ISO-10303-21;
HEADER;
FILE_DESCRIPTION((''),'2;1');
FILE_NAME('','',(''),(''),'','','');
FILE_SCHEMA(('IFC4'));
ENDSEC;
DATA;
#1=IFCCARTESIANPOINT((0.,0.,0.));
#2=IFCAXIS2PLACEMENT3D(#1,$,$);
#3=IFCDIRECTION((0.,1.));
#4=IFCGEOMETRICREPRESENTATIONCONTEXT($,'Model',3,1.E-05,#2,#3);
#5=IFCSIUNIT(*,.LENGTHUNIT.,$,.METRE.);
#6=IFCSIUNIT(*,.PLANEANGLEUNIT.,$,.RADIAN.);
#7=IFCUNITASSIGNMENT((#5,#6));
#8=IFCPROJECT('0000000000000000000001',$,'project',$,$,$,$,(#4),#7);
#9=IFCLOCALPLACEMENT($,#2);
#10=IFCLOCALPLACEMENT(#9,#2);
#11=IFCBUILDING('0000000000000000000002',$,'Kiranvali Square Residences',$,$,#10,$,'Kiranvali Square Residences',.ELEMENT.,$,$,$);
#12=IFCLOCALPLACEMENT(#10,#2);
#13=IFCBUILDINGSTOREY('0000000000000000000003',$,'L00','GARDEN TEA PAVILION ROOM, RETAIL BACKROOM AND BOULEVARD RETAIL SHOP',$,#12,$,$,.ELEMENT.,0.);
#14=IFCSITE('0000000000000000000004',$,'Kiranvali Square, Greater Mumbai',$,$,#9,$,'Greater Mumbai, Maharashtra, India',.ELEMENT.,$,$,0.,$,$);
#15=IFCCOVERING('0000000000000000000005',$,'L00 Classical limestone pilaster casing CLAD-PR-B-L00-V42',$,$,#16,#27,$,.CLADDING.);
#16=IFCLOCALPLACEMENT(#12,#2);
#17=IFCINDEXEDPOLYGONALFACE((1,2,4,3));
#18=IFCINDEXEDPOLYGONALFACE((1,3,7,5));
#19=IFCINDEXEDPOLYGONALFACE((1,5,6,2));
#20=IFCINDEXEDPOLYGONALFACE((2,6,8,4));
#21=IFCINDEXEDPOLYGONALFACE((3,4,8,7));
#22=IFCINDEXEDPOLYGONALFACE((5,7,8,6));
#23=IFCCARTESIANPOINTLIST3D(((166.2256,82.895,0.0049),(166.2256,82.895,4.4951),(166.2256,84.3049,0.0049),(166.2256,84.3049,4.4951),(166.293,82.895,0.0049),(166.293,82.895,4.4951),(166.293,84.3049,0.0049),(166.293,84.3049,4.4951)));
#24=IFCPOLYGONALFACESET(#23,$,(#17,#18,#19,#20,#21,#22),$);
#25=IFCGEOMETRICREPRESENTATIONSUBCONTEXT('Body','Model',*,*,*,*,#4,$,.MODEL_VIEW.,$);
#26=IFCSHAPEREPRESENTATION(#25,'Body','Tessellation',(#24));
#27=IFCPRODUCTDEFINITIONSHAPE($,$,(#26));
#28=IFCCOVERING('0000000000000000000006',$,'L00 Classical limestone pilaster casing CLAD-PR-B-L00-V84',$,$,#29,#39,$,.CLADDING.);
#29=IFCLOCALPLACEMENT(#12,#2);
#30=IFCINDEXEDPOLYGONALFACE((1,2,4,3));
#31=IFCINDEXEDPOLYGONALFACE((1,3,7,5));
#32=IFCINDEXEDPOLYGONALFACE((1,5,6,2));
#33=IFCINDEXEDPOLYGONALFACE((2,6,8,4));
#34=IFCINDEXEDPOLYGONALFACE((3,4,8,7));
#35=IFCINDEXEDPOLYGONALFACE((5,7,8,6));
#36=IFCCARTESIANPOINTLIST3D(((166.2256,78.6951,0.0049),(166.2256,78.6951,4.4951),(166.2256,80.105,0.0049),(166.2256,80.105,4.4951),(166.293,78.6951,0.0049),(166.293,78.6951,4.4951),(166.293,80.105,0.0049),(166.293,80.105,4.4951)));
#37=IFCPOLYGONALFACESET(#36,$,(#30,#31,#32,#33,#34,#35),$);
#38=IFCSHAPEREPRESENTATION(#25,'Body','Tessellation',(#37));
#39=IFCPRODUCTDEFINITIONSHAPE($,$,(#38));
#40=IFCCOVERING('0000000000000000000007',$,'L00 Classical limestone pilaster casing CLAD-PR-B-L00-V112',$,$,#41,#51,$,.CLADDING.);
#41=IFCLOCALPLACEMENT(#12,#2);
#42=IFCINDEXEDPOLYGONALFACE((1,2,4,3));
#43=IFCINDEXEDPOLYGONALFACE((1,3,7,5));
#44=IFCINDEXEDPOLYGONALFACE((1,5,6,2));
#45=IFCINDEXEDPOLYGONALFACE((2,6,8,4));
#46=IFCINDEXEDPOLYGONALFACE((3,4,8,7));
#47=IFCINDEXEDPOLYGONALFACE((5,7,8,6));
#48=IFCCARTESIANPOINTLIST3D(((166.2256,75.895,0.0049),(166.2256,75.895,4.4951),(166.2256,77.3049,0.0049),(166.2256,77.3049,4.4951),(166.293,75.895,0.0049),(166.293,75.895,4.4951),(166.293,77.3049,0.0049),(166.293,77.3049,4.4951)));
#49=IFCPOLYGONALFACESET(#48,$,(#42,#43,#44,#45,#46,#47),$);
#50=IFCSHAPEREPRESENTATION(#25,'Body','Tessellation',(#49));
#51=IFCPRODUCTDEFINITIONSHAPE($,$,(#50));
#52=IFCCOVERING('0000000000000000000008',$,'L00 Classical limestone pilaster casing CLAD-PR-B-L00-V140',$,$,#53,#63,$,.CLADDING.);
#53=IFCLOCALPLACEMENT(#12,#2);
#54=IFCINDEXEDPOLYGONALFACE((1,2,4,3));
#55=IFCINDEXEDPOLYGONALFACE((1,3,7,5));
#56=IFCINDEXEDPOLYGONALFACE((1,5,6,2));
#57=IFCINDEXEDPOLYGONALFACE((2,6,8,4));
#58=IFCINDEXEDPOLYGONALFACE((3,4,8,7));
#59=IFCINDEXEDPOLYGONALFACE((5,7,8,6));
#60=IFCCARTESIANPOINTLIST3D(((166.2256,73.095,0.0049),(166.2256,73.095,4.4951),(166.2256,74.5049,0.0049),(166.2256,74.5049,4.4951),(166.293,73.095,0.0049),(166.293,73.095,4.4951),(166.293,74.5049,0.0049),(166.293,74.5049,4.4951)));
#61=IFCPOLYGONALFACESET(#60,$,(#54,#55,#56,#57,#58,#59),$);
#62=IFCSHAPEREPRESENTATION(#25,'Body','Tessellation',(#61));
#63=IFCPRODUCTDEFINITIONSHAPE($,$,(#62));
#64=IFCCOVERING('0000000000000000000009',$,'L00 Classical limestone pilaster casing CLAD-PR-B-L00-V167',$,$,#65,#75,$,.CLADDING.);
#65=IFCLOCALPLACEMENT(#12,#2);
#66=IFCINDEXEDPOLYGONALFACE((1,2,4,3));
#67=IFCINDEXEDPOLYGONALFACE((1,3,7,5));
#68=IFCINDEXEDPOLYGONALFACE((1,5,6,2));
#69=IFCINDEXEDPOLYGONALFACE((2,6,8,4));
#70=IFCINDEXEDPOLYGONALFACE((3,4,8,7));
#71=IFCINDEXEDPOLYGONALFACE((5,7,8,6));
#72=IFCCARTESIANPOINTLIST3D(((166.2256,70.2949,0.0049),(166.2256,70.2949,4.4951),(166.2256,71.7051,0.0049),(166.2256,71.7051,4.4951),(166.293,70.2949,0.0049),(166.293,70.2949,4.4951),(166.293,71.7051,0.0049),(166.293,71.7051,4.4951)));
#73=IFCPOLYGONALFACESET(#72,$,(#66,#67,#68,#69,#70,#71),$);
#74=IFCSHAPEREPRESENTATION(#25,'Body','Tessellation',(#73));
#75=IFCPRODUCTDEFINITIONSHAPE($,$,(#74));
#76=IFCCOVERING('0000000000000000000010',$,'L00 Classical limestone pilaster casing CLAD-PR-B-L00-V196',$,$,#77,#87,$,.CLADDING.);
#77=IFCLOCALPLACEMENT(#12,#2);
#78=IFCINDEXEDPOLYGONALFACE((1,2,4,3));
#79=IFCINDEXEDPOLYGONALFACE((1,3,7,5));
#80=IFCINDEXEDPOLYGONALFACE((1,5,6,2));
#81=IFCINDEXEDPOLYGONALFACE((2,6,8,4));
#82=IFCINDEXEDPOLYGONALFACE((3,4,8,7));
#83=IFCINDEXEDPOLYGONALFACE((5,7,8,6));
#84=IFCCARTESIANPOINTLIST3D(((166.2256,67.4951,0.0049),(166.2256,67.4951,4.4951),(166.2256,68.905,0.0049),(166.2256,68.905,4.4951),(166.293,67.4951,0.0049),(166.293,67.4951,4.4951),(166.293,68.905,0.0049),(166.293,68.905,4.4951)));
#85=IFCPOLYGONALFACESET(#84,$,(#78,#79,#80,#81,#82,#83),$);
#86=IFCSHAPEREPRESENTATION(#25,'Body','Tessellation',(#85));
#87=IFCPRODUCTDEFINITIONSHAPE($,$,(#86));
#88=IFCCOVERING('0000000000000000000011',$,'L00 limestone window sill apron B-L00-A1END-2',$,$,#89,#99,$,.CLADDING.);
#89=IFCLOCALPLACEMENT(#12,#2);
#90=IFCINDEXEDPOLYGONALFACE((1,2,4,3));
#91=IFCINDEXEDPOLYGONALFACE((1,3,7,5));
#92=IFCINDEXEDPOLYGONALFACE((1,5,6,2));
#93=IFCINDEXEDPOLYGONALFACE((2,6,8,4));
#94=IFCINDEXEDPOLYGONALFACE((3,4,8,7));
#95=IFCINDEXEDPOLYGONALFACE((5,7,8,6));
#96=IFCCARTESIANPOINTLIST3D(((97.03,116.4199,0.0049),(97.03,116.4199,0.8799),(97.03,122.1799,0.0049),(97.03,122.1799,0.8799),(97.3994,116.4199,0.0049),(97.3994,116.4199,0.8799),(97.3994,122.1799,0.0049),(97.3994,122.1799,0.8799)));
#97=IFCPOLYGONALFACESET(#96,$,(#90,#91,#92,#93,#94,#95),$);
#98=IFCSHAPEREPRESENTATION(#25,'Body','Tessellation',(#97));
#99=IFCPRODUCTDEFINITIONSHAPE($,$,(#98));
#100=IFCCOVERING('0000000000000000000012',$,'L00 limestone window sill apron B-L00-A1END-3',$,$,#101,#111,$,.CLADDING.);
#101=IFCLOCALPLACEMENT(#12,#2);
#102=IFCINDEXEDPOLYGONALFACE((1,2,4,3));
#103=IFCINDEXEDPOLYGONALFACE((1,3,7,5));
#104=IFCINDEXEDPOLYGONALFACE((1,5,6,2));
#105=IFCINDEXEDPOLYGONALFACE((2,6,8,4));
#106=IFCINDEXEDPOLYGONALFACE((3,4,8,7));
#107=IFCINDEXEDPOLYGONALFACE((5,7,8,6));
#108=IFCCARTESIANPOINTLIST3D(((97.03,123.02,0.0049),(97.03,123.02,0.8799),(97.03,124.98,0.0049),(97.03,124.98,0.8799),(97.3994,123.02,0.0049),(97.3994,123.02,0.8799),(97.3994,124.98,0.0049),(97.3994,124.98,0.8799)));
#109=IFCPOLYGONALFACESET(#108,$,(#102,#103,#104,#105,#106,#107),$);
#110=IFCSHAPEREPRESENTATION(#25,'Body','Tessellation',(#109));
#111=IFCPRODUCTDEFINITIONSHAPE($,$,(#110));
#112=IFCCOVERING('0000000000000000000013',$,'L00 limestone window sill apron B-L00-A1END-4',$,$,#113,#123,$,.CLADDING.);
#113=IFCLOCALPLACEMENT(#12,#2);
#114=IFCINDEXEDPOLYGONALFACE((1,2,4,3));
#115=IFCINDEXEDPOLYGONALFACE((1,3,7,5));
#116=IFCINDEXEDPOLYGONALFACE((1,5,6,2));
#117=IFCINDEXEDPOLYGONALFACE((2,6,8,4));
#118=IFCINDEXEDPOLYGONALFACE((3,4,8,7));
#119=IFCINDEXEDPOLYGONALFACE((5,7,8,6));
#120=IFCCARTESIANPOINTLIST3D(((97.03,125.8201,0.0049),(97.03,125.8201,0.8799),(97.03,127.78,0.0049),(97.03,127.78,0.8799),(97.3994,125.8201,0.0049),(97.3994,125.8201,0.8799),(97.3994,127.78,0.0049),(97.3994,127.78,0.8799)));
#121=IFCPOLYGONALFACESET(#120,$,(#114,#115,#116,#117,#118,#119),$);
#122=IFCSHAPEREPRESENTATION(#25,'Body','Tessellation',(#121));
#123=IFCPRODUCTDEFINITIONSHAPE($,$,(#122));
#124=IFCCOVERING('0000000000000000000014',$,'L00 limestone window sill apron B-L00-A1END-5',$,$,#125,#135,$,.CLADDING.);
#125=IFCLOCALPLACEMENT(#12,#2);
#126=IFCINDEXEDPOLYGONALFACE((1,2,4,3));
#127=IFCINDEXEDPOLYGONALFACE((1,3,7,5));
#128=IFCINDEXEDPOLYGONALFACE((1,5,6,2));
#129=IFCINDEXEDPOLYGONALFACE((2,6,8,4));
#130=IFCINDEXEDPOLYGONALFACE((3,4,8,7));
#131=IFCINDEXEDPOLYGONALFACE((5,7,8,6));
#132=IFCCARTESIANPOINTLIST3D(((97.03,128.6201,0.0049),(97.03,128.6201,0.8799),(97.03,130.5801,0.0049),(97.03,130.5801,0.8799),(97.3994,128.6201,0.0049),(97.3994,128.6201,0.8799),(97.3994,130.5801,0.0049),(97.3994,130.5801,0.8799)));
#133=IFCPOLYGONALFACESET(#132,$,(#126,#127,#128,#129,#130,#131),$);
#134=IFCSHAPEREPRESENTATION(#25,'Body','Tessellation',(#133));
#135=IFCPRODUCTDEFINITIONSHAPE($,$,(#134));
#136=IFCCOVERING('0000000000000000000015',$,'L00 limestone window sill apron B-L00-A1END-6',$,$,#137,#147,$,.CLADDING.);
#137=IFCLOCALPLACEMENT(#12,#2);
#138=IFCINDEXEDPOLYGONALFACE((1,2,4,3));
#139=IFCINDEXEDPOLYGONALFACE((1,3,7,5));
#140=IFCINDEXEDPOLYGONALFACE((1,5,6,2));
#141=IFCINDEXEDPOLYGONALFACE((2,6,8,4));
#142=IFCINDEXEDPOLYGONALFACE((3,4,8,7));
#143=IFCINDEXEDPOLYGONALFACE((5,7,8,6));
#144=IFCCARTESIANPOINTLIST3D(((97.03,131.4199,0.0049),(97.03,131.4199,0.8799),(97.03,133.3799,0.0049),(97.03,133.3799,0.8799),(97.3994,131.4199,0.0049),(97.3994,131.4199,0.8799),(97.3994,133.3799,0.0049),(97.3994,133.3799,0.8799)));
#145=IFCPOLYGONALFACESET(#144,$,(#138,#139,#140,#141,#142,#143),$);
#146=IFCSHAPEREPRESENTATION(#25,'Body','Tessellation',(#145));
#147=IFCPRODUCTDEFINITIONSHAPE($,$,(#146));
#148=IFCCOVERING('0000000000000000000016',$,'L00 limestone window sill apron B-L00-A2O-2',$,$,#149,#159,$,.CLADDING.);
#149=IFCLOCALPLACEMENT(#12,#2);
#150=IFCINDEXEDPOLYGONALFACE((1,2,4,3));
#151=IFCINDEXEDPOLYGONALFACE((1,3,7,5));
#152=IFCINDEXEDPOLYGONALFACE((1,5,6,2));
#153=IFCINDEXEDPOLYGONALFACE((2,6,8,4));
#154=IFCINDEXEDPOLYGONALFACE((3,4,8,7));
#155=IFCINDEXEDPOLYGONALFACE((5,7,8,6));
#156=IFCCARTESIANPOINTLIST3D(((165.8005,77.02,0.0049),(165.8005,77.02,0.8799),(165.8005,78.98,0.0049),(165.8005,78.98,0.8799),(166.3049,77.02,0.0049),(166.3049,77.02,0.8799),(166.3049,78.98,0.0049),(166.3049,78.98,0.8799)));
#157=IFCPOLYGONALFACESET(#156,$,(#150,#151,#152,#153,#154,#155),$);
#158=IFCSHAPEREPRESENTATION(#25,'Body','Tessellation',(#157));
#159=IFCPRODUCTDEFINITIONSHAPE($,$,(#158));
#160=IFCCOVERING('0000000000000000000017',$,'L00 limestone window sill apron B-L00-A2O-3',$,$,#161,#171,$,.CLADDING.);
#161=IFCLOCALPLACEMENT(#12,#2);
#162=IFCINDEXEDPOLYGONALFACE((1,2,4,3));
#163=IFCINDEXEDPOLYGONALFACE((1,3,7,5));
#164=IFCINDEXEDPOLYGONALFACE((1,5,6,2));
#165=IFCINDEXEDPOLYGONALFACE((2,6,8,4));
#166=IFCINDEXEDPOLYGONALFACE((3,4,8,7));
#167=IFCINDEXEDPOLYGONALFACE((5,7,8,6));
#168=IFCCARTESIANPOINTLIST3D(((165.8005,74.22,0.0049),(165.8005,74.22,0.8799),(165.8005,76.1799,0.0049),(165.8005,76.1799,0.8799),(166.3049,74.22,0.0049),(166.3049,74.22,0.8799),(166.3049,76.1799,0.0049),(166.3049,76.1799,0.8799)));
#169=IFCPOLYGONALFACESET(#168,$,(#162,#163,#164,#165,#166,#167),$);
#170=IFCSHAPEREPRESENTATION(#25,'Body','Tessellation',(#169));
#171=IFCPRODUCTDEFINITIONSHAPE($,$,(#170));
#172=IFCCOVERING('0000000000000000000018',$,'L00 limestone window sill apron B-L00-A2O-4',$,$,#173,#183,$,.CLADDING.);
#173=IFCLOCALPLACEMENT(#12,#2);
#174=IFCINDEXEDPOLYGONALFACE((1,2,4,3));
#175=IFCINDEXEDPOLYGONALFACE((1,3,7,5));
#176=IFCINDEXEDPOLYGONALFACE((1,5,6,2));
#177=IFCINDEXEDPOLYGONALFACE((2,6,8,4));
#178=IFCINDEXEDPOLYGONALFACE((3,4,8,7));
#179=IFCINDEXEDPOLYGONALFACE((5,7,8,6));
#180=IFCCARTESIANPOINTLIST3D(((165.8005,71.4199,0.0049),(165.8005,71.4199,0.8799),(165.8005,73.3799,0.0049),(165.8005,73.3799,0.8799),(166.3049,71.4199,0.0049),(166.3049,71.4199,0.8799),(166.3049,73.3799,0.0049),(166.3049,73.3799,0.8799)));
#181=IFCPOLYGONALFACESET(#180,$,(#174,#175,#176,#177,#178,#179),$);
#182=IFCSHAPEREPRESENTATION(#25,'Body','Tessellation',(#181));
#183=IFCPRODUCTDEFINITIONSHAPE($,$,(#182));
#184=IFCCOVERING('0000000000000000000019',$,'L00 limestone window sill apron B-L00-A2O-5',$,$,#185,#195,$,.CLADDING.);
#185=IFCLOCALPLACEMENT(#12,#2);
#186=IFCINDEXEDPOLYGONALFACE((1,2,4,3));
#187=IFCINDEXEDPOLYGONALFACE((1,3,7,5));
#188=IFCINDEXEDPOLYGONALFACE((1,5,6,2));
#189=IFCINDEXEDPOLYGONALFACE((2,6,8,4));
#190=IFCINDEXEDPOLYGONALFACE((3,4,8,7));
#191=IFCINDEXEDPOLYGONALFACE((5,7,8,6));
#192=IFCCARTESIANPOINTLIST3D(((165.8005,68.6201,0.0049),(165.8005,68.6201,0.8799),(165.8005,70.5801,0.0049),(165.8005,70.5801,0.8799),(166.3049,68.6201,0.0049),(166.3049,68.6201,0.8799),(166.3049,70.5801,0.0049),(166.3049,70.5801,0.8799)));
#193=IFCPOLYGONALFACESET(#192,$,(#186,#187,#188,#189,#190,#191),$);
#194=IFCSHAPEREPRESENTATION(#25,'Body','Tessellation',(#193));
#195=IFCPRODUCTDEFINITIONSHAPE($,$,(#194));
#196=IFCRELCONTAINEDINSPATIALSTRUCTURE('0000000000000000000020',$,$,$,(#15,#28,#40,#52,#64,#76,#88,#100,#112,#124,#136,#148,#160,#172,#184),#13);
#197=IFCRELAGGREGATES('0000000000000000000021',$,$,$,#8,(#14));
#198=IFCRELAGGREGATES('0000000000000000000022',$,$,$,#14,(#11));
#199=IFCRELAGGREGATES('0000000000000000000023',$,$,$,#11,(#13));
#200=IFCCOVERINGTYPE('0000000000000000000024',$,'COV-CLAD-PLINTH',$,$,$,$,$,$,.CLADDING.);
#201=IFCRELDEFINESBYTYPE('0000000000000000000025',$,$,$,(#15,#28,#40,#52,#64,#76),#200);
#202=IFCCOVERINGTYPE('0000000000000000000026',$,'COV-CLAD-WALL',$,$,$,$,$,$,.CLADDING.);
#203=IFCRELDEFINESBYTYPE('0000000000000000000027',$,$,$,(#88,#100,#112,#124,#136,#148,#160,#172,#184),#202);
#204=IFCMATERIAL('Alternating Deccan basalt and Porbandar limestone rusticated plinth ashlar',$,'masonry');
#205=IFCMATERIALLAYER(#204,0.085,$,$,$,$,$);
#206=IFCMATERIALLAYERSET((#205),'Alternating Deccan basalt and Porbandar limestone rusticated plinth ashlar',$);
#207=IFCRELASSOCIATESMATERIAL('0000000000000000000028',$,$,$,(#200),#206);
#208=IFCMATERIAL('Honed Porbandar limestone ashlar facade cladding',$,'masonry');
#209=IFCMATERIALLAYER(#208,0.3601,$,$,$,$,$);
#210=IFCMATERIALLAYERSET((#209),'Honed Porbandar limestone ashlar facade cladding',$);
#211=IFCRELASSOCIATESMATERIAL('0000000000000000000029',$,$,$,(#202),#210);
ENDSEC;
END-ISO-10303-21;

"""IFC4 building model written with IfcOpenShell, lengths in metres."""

from ifc_helpers import new_model, si_unit, direction, frame, origin, place, context, subcontext, project, spatial, polyline, outline, extrude, material, layer, layer_set, type_object, element, save


model = new_model("IFC4")

# Units and contexts
model_context = context("Model", 3, precision=1e-05, world=origin(), true_north=direction((0.0, 1.0)))
body_context = subcontext(model_context, "Body", "Model", "MODEL_VIEW")
ifc_project = project(units=[si_unit("LENGTHUNIT", "METRE"), si_unit("PLANEANGLEUNIT", "RADIAN")], contexts=[model_context])

# Site, building, storey
site_placement = place(None, origin())
site = spatial("IfcSite", under=ifc_project, at=site_placement, Name="Kiranvali Square, Greater Mumbai", LongName="Greater Mumbai, Maharashtra, India", CompositionType="ELEMENT", RefElevation=0.0)
building_placement = place(site_placement, origin())
building = spatial("IfcBuilding", under=site, at=building_placement, Name="Kiranvali Square Residences", LongName="Kiranvali Square Residences", CompositionType="ELEMENT")
storey_placement = place(building_placement, origin())
storey = spatial("IfcBuildingStorey", under=building, at=storey_placement, Name="L00", Description="GARDEN TEA PAVILION ROOM, RETAIL BACKROOM AND BOULEVARD RETAIL SHOP", CompositionType="ELEMENT", Elevation=0.0)

# Coverings
ifc_material_1 = material(Name="Honed Porbandar limestone ashlar facade cladding", Category="masonry")
ifc_material_2 = material(Name="Alternating Deccan basalt and Porbandar limestone rusticated plinth ashlar", Category="masonry")
ifc_layer_1 = layer(ifc_material_2, 0.085)
ifc_layer_set_1 = layer_set([ifc_layer_1], Name="Alternating Deccan basalt and Porbandar limestone rusticated plinth ashlar")
covering_type_1 = type_object("IfcCoveringType", Name="COV-CLAD-PLINTH", PredefinedType="CLADDING", material=ifc_layer_set_1)
covering_1_placement = place(storey_placement, frame((0.0, 0.0, 0.0049)))
element("IfcCovering", 1, at=covering_1_placement, inside=storey, type_object=covering_type_1, Name="L00 Classical limestone pilaster casing CLAD-PR-B-L00-V42", PredefinedType="CLADDING", context=body_context, shape_type="SweptSolid", body=[
    extrude(outline(polyline([(166.2256, 84.3049), (166.2256, 82.895), (166.293, 82.895), (166.293, 84.3049), (166.2256, 84.3049)])), origin(), (0.0, 0.0, 1.0), 4.4902),
])
covering_2_placement = place(storey_placement, frame((0.0, 0.0, 0.0049)))
element("IfcCovering", 2, at=covering_2_placement, inside=storey, type_object=covering_type_1, Name="L00 Classical limestone pilaster casing CLAD-PR-B-L00-V84", PredefinedType="CLADDING", context=body_context, shape_type="SweptSolid", body=[
    extrude(outline(polyline([(166.2256, 80.105), (166.2256, 78.6951), (166.293, 78.6951), (166.293, 80.105), (166.2256, 80.105)])), origin(), (0.0, 0.0, 1.0), 4.4902),
])
covering_3_placement = place(storey_placement, frame((0.0, 0.0, 0.0049)))
element("IfcCovering", 3, at=covering_3_placement, inside=storey, type_object=covering_type_1, Name="L00 Classical limestone pilaster casing CLAD-PR-B-L00-V112", PredefinedType="CLADDING", context=body_context, shape_type="SweptSolid", body=[
    extrude(outline(polyline([(166.2256, 77.3049), (166.2256, 75.895), (166.293, 75.895), (166.293, 77.3049), (166.2256, 77.3049)])), origin(), (0.0, 0.0, 1.0), 4.4902),
])
covering_4_placement = place(storey_placement, frame((0.0, 0.0, 0.0049)))
element("IfcCovering", 4, at=covering_4_placement, inside=storey, type_object=covering_type_1, Name="L00 Classical limestone pilaster casing CLAD-PR-B-L00-V140", PredefinedType="CLADDING", context=body_context, shape_type="SweptSolid", body=[
    extrude(outline(polyline([(166.2256, 74.5049), (166.2256, 73.095), (166.293, 73.095), (166.293, 74.5049), (166.2256, 74.5049)])), origin(), (0.0, 0.0, 1.0), 4.4902),
])
covering_5_placement = place(storey_placement, frame((0.0, 0.0, 0.0049)))
element("IfcCovering", 5, at=covering_5_placement, inside=storey, type_object=covering_type_1, Name="L00 Classical limestone pilaster casing CLAD-PR-B-L00-V167", PredefinedType="CLADDING", context=body_context, shape_type="SweptSolid", body=[
    extrude(outline(polyline([(166.2256, 71.7051), (166.2256, 70.2949), (166.293, 70.2949), (166.293, 71.7051), (166.2256, 71.7051)])), origin(), (0.0, 0.0, 1.0), 4.4902),
])
covering_6_placement = place(storey_placement, frame((0.0, 0.0, 0.0049)))
element("IfcCovering", 6, at=covering_6_placement, inside=storey, type_object=covering_type_1, Name="L00 Classical limestone pilaster casing CLAD-PR-B-L00-V196", PredefinedType="CLADDING", context=body_context, shape_type="SweptSolid", body=[
    extrude(outline(polyline([(166.2256, 68.905), (166.2256, 67.4951), (166.293, 67.4951), (166.293, 68.905), (166.2256, 68.905)])), origin(), (0.0, 0.0, 1.0), 4.4902),
])
ifc_layer_2 = layer(ifc_material_1, 0.3601)
ifc_layer_set_2 = layer_set([ifc_layer_2], Name="Honed Porbandar limestone ashlar facade cladding")
covering_type_2 = type_object("IfcCoveringType", Name="COV-CLAD-WALL", PredefinedType="CLADDING", material=ifc_layer_set_2)
covering_7_placement = place(storey_placement, frame((0.0, 0.0, 0.0049)))
element("IfcCovering", 7, at=covering_7_placement, inside=storey, type_object=covering_type_2, Name="L00 limestone window sill apron B-L00-A1END-2", PredefinedType="CLADDING", context=body_context, shape_type="SweptSolid", body=[
    extrude(outline(polyline([(97.3994, 116.4199), (97.3994, 122.1799), (97.03, 122.1799), (97.03, 116.4199), (97.3994, 116.4199)])), origin(), (0.0, 0.0, 1.0), 0.875),
])
covering_8_placement = place(storey_placement, frame((0.0, 0.0, 0.0049)))
element("IfcCovering", 8, at=covering_8_placement, inside=storey, type_object=covering_type_2, Name="L00 limestone window sill apron B-L00-A1END-3", PredefinedType="CLADDING", context=body_context, shape_type="SweptSolid", body=[
    extrude(outline(polyline([(97.3994, 123.02), (97.3994, 124.98), (97.03, 124.98), (97.03, 123.02), (97.3994, 123.02)])), origin(), (0.0, 0.0, 1.0), 0.875),
])
covering_9_placement = place(storey_placement, frame((0.0, 0.0, 0.0049)))
element("IfcCovering", 9, at=covering_9_placement, inside=storey, type_object=covering_type_2, Name="L00 limestone window sill apron B-L00-A1END-4", PredefinedType="CLADDING", context=body_context, shape_type="SweptSolid", body=[
    extrude(outline(polyline([(97.3994, 125.8201), (97.3994, 127.78), (97.03, 127.78), (97.03, 125.8201), (97.3994, 125.8201)])), origin(), (0.0, 0.0, 1.0), 0.875),
])
covering_10_placement = place(storey_placement, frame((0.0, 0.0, 0.0049)))
element("IfcCovering", 10, at=covering_10_placement, inside=storey, type_object=covering_type_2, Name="L00 limestone window sill apron B-L00-A1END-5", PredefinedType="CLADDING", context=body_context, shape_type="SweptSolid", body=[
    extrude(outline(polyline([(97.3994, 128.6201), (97.3994, 130.5801), (97.03, 130.5801), (97.03, 128.6201), (97.3994, 128.6201)])), origin(), (0.0, 0.0, 1.0), 0.875),
])
covering_11_placement = place(storey_placement, frame((0.0, 0.0, 0.0049)))
element("IfcCovering", 11, at=covering_11_placement, inside=storey, type_object=covering_type_2, Name="L00 limestone window sill apron B-L00-A1END-6", PredefinedType="CLADDING", context=body_context, shape_type="SweptSolid", body=[
    extrude(outline(polyline([(97.3994, 131.4199), (97.3994, 133.3799), (97.03, 133.3799), (97.03, 131.4199), (97.3994, 131.4199)])), origin(), (0.0, 0.0, 1.0), 0.875),
])
covering_12_placement = place(storey_placement, frame((0.0, 0.0, 0.0049)))
element("IfcCovering", 12, at=covering_12_placement, inside=storey, type_object=covering_type_2, Name="L00 limestone window sill apron B-L00-A2O-2", PredefinedType="CLADDING", context=body_context, shape_type="SweptSolid", body=[
    extrude(outline(polyline([(165.8005, 78.98), (165.8005, 77.02), (166.3049, 77.02), (166.3049, 78.98), (165.8005, 78.98)])), origin(), (0.0, 0.0, 1.0), 0.875),
])
covering_13_placement = place(storey_placement, frame((0.0, 0.0, 0.0049)))
element("IfcCovering", 13, at=covering_13_placement, inside=storey, type_object=covering_type_2, Name="L00 limestone window sill apron B-L00-A2O-3", PredefinedType="CLADDING", context=body_context, shape_type="SweptSolid", body=[
    extrude(outline(polyline([(165.8005, 76.1799), (165.8005, 74.22), (166.3049, 74.22), (166.3049, 76.1799), (165.8005, 76.1799)])), origin(), (0.0, 0.0, 1.0), 0.875),
])
covering_14_placement = place(storey_placement, frame((0.0, 0.0, 0.0049)))
element("IfcCovering", 14, at=covering_14_placement, inside=storey, type_object=covering_type_2, Name="L00 limestone window sill apron B-L00-A2O-4", PredefinedType="CLADDING", context=body_context, shape_type="SweptSolid", body=[
    extrude(outline(polyline([(165.8005, 73.3799), (165.8005, 71.4199), (166.3049, 71.4199), (166.3049, 73.3799), (165.8005, 73.3799)])), origin(), (0.0, 0.0, 1.0), 0.875),
])
covering_15_placement = place(storey_placement, frame((0.0, 0.0, 0.0049)))
element("IfcCovering", 15, at=covering_15_placement, inside=storey, type_object=covering_type_2, Name="L00 limestone window sill apron B-L00-A2O-5", PredefinedType="CLADDING", context=body_context, shape_type="SweptSolid", body=[
    extrude(outline(polyline([(165.8005, 70.5801), (165.8005, 68.6201), (166.3049, 68.6201), (166.3049, 70.5801), (165.8005, 70.5801)])), origin(), (0.0, 0.0, 1.0), 0.875),
])

save(model, "model.ifc")
